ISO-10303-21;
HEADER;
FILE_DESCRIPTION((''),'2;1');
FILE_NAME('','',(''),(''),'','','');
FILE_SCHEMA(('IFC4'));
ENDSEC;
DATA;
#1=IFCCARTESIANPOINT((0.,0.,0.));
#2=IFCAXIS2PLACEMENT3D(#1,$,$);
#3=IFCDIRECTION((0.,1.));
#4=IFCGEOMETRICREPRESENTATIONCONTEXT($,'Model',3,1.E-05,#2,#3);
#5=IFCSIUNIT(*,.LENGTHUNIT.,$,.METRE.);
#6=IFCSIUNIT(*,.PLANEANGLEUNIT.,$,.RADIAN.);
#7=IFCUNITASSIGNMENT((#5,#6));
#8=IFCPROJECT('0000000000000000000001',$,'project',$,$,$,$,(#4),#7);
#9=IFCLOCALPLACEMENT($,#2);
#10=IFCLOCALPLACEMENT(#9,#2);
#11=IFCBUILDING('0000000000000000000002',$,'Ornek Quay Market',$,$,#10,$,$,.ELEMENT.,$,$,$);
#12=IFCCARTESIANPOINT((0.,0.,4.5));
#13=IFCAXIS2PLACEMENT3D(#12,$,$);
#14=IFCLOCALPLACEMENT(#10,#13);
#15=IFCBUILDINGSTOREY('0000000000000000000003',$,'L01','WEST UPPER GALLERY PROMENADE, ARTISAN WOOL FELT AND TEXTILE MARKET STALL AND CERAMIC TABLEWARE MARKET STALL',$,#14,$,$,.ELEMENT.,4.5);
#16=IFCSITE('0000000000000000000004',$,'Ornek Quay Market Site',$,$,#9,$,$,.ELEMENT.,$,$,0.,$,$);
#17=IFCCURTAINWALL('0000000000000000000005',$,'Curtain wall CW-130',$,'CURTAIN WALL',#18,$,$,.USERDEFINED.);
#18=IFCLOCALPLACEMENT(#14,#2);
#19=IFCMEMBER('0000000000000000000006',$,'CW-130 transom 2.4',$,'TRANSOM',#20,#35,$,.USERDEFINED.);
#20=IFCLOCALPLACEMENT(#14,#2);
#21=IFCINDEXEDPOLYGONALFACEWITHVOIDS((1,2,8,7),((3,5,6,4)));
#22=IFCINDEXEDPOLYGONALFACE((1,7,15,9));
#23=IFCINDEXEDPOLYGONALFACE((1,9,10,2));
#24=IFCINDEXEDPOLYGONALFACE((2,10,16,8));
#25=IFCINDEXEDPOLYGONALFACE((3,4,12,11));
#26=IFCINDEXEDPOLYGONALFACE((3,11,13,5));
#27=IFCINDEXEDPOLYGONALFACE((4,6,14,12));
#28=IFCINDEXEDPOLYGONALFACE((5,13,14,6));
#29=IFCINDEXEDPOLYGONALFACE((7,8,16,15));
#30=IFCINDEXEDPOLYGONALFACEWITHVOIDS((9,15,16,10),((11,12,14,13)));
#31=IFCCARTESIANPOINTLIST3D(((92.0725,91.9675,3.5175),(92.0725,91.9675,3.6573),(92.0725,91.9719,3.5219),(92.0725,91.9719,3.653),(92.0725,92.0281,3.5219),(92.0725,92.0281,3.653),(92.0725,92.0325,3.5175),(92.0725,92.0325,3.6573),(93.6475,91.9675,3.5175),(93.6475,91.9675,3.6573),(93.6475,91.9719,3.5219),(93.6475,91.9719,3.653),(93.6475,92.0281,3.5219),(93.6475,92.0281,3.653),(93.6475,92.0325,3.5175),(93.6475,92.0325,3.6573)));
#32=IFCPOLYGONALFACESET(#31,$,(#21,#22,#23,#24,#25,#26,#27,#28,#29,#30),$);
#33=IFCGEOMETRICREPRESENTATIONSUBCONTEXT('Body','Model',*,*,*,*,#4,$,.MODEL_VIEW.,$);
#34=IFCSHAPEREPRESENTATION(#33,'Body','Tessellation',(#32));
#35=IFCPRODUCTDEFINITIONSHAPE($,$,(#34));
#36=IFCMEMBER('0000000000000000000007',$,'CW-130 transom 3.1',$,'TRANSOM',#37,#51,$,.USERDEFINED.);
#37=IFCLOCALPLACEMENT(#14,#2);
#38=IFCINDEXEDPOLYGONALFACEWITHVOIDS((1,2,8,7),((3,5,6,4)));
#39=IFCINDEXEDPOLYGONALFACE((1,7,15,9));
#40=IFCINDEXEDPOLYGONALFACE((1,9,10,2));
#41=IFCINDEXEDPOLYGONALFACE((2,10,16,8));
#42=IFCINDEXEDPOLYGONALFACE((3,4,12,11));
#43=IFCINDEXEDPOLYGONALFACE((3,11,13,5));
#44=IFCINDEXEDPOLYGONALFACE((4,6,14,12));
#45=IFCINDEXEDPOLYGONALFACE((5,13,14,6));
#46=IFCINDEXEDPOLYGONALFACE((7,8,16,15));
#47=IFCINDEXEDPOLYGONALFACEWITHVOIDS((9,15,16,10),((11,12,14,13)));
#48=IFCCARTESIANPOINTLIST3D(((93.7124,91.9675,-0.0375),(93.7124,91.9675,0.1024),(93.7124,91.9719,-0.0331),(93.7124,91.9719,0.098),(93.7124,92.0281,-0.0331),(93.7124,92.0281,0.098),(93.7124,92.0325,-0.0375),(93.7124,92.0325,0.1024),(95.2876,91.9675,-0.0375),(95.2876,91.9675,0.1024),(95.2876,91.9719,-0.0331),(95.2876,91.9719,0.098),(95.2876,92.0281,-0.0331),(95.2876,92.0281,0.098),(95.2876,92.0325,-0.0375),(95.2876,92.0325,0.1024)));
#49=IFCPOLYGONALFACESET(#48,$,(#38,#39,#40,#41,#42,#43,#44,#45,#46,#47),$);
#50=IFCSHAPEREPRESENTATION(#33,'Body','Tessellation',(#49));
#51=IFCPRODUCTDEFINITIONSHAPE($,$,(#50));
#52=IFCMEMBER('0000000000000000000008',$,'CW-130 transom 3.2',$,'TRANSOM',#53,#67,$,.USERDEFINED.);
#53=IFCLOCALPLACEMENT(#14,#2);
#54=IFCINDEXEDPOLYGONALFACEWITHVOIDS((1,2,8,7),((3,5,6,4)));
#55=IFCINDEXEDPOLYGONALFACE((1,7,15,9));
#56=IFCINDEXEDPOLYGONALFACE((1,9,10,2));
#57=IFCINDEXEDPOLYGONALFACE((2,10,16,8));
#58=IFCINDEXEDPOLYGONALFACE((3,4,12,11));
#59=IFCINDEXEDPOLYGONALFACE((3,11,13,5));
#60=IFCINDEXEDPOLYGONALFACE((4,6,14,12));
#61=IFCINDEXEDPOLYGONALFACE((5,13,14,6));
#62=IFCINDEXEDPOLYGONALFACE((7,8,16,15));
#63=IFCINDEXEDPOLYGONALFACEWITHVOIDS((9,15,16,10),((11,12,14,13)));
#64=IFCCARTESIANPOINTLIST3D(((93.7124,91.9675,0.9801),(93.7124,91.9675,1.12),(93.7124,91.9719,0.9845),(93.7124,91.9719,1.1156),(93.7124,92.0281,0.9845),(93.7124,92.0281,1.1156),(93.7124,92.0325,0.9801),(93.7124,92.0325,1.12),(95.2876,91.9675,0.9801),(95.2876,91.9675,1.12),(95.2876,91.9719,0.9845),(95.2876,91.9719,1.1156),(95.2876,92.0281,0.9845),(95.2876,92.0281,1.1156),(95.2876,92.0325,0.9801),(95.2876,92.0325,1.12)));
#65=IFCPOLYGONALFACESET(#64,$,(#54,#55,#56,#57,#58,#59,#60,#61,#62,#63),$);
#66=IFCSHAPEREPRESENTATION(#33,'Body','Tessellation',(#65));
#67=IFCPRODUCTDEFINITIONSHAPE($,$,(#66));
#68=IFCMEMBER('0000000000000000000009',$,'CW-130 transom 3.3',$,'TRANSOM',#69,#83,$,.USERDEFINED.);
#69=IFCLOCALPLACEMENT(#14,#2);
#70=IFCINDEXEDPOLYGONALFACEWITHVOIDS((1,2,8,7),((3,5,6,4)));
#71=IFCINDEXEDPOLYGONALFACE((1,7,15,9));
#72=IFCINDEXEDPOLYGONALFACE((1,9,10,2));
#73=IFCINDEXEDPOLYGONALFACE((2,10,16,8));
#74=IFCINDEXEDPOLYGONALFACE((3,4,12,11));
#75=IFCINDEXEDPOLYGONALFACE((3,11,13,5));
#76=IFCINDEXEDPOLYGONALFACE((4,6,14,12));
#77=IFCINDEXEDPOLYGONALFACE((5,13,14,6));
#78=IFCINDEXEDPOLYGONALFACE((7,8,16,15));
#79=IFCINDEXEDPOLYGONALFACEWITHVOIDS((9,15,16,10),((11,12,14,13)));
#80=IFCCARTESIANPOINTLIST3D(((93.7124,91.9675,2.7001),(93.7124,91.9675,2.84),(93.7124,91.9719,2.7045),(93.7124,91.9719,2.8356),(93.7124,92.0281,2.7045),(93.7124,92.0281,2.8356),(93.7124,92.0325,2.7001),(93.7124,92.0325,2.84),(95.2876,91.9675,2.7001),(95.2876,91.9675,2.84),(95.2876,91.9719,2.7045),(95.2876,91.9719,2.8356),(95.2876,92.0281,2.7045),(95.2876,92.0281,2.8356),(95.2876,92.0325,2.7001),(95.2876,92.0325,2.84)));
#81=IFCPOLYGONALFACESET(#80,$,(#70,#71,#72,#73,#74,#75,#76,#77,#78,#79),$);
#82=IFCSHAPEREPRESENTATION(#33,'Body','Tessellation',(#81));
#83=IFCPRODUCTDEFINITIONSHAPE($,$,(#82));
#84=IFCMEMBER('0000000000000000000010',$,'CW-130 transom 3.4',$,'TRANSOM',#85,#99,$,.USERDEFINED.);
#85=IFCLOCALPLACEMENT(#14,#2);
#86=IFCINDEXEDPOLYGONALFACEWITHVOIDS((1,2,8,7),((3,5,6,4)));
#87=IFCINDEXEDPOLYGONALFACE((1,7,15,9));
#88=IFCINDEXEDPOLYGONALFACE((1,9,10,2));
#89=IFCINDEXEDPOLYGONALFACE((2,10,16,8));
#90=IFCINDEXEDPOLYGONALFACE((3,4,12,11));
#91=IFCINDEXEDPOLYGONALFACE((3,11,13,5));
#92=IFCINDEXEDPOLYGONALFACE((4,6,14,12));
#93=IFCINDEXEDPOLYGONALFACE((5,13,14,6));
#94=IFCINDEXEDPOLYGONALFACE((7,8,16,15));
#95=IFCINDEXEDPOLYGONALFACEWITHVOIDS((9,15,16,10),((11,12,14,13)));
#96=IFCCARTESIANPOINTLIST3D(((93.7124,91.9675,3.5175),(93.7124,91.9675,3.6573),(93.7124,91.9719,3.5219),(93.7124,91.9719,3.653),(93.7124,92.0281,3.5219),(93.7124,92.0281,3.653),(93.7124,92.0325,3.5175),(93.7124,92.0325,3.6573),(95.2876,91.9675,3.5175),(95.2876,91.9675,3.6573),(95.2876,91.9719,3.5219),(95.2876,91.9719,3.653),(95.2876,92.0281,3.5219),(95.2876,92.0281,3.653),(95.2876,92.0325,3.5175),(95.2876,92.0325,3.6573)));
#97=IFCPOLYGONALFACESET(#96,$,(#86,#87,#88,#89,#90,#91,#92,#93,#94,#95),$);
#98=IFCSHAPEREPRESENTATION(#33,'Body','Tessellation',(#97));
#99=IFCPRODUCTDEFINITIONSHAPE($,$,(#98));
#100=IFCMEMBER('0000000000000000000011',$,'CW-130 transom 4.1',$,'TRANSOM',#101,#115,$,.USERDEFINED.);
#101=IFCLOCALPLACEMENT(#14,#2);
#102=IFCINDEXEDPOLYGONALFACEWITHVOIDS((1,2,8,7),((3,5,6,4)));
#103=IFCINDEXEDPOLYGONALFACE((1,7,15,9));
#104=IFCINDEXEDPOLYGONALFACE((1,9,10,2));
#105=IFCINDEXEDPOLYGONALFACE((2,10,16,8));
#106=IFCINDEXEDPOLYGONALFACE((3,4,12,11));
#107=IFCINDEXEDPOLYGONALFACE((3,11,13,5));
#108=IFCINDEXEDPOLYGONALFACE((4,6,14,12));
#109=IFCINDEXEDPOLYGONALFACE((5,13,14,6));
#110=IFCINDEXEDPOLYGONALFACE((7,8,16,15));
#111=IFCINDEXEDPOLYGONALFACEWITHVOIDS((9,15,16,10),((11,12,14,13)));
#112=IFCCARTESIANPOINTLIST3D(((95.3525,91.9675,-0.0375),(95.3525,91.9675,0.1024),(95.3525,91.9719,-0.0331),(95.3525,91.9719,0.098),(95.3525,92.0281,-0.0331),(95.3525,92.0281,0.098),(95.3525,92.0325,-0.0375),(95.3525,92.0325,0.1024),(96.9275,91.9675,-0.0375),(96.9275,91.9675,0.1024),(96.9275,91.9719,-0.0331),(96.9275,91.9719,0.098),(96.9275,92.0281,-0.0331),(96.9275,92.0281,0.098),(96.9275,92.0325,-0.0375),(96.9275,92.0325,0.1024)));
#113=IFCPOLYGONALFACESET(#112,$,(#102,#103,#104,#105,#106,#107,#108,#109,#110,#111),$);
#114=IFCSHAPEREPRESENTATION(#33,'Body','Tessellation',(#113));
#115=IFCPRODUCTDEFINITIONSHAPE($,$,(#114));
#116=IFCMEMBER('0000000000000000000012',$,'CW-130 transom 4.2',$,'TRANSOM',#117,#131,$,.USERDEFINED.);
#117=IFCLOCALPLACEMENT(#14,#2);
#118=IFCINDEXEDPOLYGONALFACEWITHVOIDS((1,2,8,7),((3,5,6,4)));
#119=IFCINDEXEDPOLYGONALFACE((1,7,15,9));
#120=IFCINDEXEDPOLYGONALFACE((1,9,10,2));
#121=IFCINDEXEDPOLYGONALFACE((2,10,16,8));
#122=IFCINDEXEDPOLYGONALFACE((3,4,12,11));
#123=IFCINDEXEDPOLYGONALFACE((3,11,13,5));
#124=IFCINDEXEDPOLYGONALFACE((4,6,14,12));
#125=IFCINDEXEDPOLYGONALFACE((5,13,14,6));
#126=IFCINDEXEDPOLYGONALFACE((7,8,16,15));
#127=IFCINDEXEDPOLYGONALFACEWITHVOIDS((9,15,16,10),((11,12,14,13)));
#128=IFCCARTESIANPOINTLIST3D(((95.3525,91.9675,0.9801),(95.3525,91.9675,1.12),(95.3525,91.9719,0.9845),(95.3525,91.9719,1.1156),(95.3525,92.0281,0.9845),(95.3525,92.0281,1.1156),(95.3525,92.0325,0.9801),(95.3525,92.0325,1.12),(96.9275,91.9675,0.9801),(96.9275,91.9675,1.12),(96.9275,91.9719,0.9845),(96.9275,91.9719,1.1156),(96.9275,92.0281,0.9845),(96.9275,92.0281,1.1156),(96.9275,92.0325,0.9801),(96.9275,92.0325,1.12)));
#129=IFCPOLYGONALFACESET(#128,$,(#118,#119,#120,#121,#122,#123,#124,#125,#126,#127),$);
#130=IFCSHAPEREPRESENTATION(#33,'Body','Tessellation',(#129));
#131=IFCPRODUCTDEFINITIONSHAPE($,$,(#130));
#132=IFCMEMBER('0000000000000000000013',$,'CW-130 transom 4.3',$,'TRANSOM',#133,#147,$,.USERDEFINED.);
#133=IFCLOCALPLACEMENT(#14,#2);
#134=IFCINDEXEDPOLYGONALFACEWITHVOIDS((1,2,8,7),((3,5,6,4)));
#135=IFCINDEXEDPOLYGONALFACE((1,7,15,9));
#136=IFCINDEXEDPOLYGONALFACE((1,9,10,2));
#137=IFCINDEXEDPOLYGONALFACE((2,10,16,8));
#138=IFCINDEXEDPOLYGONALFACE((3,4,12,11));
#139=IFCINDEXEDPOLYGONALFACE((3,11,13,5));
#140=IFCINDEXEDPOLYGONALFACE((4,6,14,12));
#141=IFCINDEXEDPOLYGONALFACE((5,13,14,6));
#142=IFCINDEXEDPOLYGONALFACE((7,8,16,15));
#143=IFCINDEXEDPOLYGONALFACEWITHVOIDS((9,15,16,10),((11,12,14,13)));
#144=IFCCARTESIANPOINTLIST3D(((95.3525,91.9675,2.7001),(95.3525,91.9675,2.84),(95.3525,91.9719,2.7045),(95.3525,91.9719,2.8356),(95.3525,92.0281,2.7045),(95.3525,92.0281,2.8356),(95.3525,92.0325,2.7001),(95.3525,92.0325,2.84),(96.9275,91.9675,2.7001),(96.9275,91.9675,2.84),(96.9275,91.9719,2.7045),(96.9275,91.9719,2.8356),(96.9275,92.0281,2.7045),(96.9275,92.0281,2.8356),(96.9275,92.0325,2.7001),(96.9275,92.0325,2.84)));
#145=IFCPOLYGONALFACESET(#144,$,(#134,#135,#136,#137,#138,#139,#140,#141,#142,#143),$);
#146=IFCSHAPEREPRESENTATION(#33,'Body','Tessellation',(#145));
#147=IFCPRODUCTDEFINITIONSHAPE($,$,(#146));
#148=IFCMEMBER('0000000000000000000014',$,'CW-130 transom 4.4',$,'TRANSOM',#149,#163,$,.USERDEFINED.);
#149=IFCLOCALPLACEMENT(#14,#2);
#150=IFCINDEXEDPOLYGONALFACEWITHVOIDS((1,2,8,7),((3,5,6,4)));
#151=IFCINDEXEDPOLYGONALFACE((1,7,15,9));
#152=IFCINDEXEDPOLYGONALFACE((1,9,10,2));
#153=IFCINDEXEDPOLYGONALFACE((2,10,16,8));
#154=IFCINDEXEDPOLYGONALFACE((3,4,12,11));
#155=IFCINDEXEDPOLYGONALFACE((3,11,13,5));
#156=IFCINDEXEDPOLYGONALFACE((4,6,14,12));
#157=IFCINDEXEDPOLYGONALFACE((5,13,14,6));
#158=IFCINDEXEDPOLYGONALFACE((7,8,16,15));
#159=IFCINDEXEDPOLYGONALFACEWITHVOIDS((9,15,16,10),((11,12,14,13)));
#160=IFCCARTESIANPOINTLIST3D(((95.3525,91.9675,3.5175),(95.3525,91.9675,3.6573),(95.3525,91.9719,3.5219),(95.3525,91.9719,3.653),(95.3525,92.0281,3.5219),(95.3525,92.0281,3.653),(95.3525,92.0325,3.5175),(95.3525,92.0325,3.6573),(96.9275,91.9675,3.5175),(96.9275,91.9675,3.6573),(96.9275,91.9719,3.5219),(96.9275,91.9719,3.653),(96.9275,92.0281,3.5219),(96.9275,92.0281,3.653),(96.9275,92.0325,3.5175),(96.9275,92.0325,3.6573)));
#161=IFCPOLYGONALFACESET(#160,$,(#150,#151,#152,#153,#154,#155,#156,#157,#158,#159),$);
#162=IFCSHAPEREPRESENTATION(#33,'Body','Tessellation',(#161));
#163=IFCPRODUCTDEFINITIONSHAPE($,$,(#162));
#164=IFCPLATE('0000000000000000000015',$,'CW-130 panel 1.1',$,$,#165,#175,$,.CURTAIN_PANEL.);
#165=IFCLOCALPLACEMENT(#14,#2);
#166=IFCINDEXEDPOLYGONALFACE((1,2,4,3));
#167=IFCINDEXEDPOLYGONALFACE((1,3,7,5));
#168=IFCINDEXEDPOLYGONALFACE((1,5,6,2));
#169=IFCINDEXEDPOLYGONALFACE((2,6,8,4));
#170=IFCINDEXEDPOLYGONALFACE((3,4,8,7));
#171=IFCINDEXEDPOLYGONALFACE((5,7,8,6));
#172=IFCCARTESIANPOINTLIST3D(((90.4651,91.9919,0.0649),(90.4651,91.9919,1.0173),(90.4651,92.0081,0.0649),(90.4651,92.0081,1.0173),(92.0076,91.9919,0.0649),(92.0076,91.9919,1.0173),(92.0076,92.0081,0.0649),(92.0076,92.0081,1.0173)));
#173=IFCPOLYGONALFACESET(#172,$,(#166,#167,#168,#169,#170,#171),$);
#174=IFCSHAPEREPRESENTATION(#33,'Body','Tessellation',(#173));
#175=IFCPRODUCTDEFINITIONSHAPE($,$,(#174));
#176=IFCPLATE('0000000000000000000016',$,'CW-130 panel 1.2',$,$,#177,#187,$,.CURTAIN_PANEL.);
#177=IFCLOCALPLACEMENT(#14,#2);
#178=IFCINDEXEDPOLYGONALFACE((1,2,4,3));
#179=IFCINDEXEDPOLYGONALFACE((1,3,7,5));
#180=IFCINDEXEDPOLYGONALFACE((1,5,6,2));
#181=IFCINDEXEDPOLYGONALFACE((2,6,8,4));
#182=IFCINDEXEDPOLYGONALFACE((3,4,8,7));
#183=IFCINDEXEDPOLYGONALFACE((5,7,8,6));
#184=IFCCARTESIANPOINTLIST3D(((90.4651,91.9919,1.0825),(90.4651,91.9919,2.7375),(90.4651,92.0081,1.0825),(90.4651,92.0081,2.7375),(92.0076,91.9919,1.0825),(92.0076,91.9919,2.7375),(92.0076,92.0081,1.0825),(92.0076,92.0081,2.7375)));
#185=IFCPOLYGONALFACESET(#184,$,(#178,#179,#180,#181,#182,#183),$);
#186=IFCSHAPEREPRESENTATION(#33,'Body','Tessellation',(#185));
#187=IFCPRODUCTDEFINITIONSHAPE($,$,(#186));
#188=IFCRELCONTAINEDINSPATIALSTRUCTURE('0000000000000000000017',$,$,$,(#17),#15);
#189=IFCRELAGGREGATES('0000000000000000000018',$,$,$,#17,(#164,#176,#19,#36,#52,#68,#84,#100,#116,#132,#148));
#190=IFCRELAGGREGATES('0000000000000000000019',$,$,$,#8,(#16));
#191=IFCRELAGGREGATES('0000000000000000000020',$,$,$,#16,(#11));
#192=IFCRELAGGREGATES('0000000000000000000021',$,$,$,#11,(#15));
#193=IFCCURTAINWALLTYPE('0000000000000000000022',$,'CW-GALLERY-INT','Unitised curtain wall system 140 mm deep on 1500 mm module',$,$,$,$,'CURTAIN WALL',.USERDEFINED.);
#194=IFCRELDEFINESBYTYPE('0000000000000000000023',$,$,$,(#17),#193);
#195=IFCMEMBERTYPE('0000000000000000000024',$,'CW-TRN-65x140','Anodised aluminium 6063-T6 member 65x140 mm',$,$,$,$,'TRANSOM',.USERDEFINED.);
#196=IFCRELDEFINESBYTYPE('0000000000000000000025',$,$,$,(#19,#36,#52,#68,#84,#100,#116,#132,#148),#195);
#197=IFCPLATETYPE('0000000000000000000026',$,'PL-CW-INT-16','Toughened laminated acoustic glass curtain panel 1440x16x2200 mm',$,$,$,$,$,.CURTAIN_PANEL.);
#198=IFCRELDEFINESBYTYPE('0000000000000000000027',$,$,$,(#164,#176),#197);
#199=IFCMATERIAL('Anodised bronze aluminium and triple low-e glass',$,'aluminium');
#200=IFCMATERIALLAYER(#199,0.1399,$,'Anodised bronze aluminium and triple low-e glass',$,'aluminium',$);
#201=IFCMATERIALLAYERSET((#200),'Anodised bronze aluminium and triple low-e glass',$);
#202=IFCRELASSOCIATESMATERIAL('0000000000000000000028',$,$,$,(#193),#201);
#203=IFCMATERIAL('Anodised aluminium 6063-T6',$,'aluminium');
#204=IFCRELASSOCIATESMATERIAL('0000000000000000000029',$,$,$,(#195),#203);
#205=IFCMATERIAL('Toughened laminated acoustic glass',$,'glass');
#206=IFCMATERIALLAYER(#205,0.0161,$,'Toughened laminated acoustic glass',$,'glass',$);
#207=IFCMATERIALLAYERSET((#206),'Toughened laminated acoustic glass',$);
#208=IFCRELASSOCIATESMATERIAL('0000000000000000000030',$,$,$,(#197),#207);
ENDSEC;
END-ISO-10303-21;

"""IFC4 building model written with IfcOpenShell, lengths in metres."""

from ifc_helpers import new_model, si_unit, direction, frame, origin, origin_2d, place, context, subcontext, project, spatial, rectangle, hollow_rectangle, extrude, material, layer, layer_set, material_profile, profile_set, type_object, element, aggregate, save


model = new_model("IFC4")

# Units and contexts
model_context = context("Model", 3, precision=1e-05, world=origin(), true_north=direction((0.0, 1.0)))
body_context = subcontext(model_context, "Body", "Model", "MODEL_VIEW")
ifc_project = project(units=[si_unit("LENGTHUNIT", "METRE"), si_unit("PLANEANGLEUNIT", "RADIAN")], contexts=[model_context])

# Site, building, storey
site_placement = place(None, origin())
site = spatial("IfcSite", under=ifc_project, at=site_placement, Name="Ornek Quay Market Site", CompositionType="ELEMENT", RefElevation=0.0)
building_placement = place(site_placement, origin())
building = spatial("IfcBuilding", under=site, at=building_placement, Name="Ornek Quay Market", CompositionType="ELEMENT")
storey_placement = place(building_placement, frame((0.0, 0.0, 4.5)))
storey = spatial("IfcBuildingStorey", under=building, at=storey_placement, Name="L01", Description="WEST UPPER GALLERY PROMENADE, ARTISAN WOOL FELT AND TEXTILE MARKET STALL AND CERAMIC TABLEWARE MARKET STALL", CompositionType="ELEMENT", Elevation=4.5)

# Curtain wall, members, plates
ifc_material_1 = material(Name="Anodised bronze aluminium and triple low-e glass", Category="aluminium")
ifc_layer_1 = layer(ifc_material_1, 0.1399, Name="Anodised bronze aluminium and triple low-e glass", Category="aluminium")
ifc_layer_set_1 = layer_set([ifc_layer_1], Name="Anodised bronze aluminium and triple low-e glass")
curtain_wall_type = type_object("IfcCurtainWallType", Name="CW-GALLERY-INT", Description="Unitised curtain wall system 140 mm deep on 1500 mm module", ElementType="CURTAIN WALL", PredefinedType="USERDEFINED", material=ifc_layer_set_1)
curtain_wall_placement = place(storey_placement, origin())
curtain_wall = element("IfcCurtainWall", 1, at=curtain_wall_placement, inside=storey, type_object=curtain_wall_type, Name="Curtain wall CW-130", ObjectType="CURTAIN WALL", PredefinedType="USERDEFINED")
ifc_material_2 = material(Name="Anodised aluminium 6063-T6", Category="aluminium")
ifc_material_profile_1 = material_profile(ifc_material_2, hollow_rectangle(XDim=0.0649, YDim=0.1399, WallThickness=0.0044, at=origin_2d()), Name="CW-TRN-65x140", Category="aluminium")
ifc_profile_set_1 = profile_set([ifc_material_profile_1], Name="Anodised aluminium 6063-T6")
member_type_1 = type_object("IfcMemberType", Name="CW-TRN-65x140", Description="Anodised aluminium 6063-T6 member 65x140 mm", ElementType="TRANSOM", PredefinedType="USERDEFINED", material=ifc_profile_set_1)
member_1_placement = place(storey_placement, frame((92.0725, 92.0, 3.5874), z_axis=(1.0, 0.0, 0.0), x_axis=(0.0, 1.0, 0.0)))
member_1 = element("IfcMember", 2, at=member_1_placement, type_object=member_type_1, Name="CW-130 transom 2.4", ObjectType="TRANSOM", PredefinedType="USERDEFINED", context=body_context, shape_type="SweptSolid", body=[
    extrude(hollow_rectangle(XDim=0.0649, YDim=0.1399, WallThickness=0.0044, at=origin_2d()), origin(), (0.0, 0.0, 1.0), 1.575),
])
member_2_placement = place(storey_placement, frame((93.7124, 92.0, 0.0325), z_axis=(1.0, 0.0, 0.0), x_axis=(0.0, 1.0, 0.0)))
member_2 = element("IfcMember", 3, at=member_2_placement, type_object=member_type_1, Name="CW-130 transom 3.1", ObjectType="TRANSOM", PredefinedType="USERDEFINED", context=body_context, shape_type="SweptSolid", body=[
    extrude(hollow_rectangle(XDim=0.0649, YDim=0.1399, WallThickness=0.0044, at=origin_2d()), origin(), (0.0, 0.0, 1.0), 1.5752),
])
member_3_placement = place(storey_placement, frame((93.7124, 92.0, 1.05), z_axis=(1.0, 0.0, 0.0), x_axis=(0.0, 1.0, 0.0)))
member_3 = element("IfcMember", 4, at=member_3_placement, type_object=member_type_1, Name="CW-130 transom 3.2", ObjectType="TRANSOM", PredefinedType="USERDEFINED", context=body_context, shape_type="SweptSolid", body=[
    extrude(hollow_rectangle(XDim=0.0649, YDim=0.1399, WallThickness=0.0044, at=origin_2d()), origin(), (0.0, 0.0, 1.0), 1.5752),
])
member_4_placement = place(storey_placement, frame((93.7124, 92.0, 2.77), z_axis=(1.0, 0.0, 0.0), x_axis=(0.0, 1.0, 0.0)))
member_4 = element("IfcMember", 5, at=member_4_placement, type_object=member_type_1, Name="CW-130 transom 3.3", ObjectType="TRANSOM", PredefinedType="USERDEFINED", context=body_context, shape_type="SweptSolid", body=[
    extrude(hollow_rectangle(XDim=0.0649, YDim=0.1399, WallThickness=0.0044, at=origin_2d()), origin(), (0.0, 0.0, 1.0), 1.5752),
])
member_5_placement = place(storey_placement, frame((93.7124, 92.0, 3.5874), z_axis=(1.0, 0.0, 0.0), x_axis=(0.0, 1.0, 0.0)))
member_5 = element("IfcMember", 6, at=member_5_placement, type_object=member_type_1, Name="CW-130 transom 3.4", ObjectType="TRANSOM", PredefinedType="USERDEFINED", context=body_context, shape_type="SweptSolid", body=[
    extrude(hollow_rectangle(XDim=0.0649, YDim=0.1399, WallThickness=0.0044, at=origin_2d()), origin(), (0.0, 0.0, 1.0), 1.5752),
])
member_6_placement = place(storey_placement, frame((95.3525, 92.0, 0.0325), z_axis=(1.0, 0.0, 0.0), x_axis=(0.0, 1.0, 0.0)))
member_6 = element("IfcMember", 7, at=member_6_placement, type_object=member_type_1, Name="CW-130 transom 4.1", ObjectType="TRANSOM", PredefinedType="USERDEFINED", context=body_context, shape_type="SweptSolid", body=[
    extrude(hollow_rectangle(XDim=0.0649, YDim=0.1399, WallThickness=0.0044, at=origin_2d()), origin(), (0.0, 0.0, 1.0), 1.575),
])
member_7_placement = place(storey_placement, frame((95.3525, 92.0, 1.05), z_axis=(1.0, 0.0, 0.0), x_axis=(0.0, 1.0, 0.0)))
member_7 = element("IfcMember", 8, at=member_7_placement, type_object=member_type_1, Name="CW-130 transom 4.2", ObjectType="TRANSOM", PredefinedType="USERDEFINED", context=body_context, shape_type="SweptSolid", body=[
    extrude(hollow_rectangle(XDim=0.0649, YDim=0.1399, WallThickness=0.0044, at=origin_2d()), origin(), (0.0, 0.0, 1.0), 1.575),
])
member_8_placement = place(storey_placement, frame((95.3525, 92.0, 2.77), z_axis=(1.0, 0.0, 0.0), x_axis=(0.0, 1.0, 0.0)))
member_8 = element("IfcMember", 9, at=member_8_placement, type_object=member_type_1, Name="CW-130 transom 4.3", ObjectType="TRANSOM", PredefinedType="USERDEFINED", context=body_context, shape_type="SweptSolid", body=[
    extrude(hollow_rectangle(XDim=0.0649, YDim=0.1399, WallThickness=0.0044, at=origin_2d()), origin(), (0.0, 0.0, 1.0), 1.575),
])
member_9_placement = place(storey_placement, frame((95.3525, 92.0, 3.5874), z_axis=(1.0, 0.0, 0.0), x_axis=(0.0, 1.0, 0.0)))
member_9 = element("IfcMember", 10, at=member_9_placement, type_object=member_type_1, Name="CW-130 transom 4.4", ObjectType="TRANSOM", PredefinedType="USERDEFINED", context=body_context, shape_type="SweptSolid", body=[
    extrude(hollow_rectangle(XDim=0.0649, YDim=0.1399, WallThickness=0.0044, at=origin_2d()), origin(), (0.0, 0.0, 1.0), 1.575),
])
ifc_material_3 = material(Name="Toughened laminated acoustic glass", Category="glass")
ifc_layer_2 = layer(ifc_material_3, 0.0161, Name="Toughened laminated acoustic glass", Category="glass")
ifc_layer_set_2 = layer_set([ifc_layer_2], Name="Toughened laminated acoustic glass")
plate_type = type_object("IfcPlateType", Name="PL-CW-INT-16", Description="Toughened laminated acoustic glass curtain panel 1440x16x2200 mm", PredefinedType="CURTAIN_PANEL", material=ifc_layer_set_2)
plate_1_placement = place(storey_placement, frame((91.2363, 92.0, 0.0649), z_axis=(0.0, 0.0, 1.0), x_axis=(1.0, 0.0, 0.0)))
plate_1 = element("IfcPlate", 11, at=plate_1_placement, type_object=plate_type, Name="CW-130 panel 1.1", PredefinedType="CURTAIN_PANEL", context=body_context, shape_type="SweptSolid", body=[
    extrude(rectangle(XDim=1.5425, YDim=0.0161, at=origin_2d()), origin(), (0.0, 0.0, 1.0), 0.9524),
])
plate_2_placement = place(storey_placement, frame((91.2363, 92.0, 1.0825), z_axis=(0.0, 0.0, 1.0), x_axis=(1.0, 0.0, 0.0)))
plate_2 = element("IfcPlate", 12, at=plate_2_placement, type_object=plate_type, Name="CW-130 panel 1.2", PredefinedType="CURTAIN_PANEL", context=body_context, shape_type="SweptSolid", body=[
    extrude(rectangle(XDim=1.5425, YDim=0.0161, at=origin_2d()), origin(), (0.0, 0.0, 1.0), 1.655),
])
aggregate(curtain_wall, [plate_1, plate_2, member_1, member_2, member_3, member_4, member_5, member_6, member_7, member_8, member_9])

save(model, "model.ifc")
